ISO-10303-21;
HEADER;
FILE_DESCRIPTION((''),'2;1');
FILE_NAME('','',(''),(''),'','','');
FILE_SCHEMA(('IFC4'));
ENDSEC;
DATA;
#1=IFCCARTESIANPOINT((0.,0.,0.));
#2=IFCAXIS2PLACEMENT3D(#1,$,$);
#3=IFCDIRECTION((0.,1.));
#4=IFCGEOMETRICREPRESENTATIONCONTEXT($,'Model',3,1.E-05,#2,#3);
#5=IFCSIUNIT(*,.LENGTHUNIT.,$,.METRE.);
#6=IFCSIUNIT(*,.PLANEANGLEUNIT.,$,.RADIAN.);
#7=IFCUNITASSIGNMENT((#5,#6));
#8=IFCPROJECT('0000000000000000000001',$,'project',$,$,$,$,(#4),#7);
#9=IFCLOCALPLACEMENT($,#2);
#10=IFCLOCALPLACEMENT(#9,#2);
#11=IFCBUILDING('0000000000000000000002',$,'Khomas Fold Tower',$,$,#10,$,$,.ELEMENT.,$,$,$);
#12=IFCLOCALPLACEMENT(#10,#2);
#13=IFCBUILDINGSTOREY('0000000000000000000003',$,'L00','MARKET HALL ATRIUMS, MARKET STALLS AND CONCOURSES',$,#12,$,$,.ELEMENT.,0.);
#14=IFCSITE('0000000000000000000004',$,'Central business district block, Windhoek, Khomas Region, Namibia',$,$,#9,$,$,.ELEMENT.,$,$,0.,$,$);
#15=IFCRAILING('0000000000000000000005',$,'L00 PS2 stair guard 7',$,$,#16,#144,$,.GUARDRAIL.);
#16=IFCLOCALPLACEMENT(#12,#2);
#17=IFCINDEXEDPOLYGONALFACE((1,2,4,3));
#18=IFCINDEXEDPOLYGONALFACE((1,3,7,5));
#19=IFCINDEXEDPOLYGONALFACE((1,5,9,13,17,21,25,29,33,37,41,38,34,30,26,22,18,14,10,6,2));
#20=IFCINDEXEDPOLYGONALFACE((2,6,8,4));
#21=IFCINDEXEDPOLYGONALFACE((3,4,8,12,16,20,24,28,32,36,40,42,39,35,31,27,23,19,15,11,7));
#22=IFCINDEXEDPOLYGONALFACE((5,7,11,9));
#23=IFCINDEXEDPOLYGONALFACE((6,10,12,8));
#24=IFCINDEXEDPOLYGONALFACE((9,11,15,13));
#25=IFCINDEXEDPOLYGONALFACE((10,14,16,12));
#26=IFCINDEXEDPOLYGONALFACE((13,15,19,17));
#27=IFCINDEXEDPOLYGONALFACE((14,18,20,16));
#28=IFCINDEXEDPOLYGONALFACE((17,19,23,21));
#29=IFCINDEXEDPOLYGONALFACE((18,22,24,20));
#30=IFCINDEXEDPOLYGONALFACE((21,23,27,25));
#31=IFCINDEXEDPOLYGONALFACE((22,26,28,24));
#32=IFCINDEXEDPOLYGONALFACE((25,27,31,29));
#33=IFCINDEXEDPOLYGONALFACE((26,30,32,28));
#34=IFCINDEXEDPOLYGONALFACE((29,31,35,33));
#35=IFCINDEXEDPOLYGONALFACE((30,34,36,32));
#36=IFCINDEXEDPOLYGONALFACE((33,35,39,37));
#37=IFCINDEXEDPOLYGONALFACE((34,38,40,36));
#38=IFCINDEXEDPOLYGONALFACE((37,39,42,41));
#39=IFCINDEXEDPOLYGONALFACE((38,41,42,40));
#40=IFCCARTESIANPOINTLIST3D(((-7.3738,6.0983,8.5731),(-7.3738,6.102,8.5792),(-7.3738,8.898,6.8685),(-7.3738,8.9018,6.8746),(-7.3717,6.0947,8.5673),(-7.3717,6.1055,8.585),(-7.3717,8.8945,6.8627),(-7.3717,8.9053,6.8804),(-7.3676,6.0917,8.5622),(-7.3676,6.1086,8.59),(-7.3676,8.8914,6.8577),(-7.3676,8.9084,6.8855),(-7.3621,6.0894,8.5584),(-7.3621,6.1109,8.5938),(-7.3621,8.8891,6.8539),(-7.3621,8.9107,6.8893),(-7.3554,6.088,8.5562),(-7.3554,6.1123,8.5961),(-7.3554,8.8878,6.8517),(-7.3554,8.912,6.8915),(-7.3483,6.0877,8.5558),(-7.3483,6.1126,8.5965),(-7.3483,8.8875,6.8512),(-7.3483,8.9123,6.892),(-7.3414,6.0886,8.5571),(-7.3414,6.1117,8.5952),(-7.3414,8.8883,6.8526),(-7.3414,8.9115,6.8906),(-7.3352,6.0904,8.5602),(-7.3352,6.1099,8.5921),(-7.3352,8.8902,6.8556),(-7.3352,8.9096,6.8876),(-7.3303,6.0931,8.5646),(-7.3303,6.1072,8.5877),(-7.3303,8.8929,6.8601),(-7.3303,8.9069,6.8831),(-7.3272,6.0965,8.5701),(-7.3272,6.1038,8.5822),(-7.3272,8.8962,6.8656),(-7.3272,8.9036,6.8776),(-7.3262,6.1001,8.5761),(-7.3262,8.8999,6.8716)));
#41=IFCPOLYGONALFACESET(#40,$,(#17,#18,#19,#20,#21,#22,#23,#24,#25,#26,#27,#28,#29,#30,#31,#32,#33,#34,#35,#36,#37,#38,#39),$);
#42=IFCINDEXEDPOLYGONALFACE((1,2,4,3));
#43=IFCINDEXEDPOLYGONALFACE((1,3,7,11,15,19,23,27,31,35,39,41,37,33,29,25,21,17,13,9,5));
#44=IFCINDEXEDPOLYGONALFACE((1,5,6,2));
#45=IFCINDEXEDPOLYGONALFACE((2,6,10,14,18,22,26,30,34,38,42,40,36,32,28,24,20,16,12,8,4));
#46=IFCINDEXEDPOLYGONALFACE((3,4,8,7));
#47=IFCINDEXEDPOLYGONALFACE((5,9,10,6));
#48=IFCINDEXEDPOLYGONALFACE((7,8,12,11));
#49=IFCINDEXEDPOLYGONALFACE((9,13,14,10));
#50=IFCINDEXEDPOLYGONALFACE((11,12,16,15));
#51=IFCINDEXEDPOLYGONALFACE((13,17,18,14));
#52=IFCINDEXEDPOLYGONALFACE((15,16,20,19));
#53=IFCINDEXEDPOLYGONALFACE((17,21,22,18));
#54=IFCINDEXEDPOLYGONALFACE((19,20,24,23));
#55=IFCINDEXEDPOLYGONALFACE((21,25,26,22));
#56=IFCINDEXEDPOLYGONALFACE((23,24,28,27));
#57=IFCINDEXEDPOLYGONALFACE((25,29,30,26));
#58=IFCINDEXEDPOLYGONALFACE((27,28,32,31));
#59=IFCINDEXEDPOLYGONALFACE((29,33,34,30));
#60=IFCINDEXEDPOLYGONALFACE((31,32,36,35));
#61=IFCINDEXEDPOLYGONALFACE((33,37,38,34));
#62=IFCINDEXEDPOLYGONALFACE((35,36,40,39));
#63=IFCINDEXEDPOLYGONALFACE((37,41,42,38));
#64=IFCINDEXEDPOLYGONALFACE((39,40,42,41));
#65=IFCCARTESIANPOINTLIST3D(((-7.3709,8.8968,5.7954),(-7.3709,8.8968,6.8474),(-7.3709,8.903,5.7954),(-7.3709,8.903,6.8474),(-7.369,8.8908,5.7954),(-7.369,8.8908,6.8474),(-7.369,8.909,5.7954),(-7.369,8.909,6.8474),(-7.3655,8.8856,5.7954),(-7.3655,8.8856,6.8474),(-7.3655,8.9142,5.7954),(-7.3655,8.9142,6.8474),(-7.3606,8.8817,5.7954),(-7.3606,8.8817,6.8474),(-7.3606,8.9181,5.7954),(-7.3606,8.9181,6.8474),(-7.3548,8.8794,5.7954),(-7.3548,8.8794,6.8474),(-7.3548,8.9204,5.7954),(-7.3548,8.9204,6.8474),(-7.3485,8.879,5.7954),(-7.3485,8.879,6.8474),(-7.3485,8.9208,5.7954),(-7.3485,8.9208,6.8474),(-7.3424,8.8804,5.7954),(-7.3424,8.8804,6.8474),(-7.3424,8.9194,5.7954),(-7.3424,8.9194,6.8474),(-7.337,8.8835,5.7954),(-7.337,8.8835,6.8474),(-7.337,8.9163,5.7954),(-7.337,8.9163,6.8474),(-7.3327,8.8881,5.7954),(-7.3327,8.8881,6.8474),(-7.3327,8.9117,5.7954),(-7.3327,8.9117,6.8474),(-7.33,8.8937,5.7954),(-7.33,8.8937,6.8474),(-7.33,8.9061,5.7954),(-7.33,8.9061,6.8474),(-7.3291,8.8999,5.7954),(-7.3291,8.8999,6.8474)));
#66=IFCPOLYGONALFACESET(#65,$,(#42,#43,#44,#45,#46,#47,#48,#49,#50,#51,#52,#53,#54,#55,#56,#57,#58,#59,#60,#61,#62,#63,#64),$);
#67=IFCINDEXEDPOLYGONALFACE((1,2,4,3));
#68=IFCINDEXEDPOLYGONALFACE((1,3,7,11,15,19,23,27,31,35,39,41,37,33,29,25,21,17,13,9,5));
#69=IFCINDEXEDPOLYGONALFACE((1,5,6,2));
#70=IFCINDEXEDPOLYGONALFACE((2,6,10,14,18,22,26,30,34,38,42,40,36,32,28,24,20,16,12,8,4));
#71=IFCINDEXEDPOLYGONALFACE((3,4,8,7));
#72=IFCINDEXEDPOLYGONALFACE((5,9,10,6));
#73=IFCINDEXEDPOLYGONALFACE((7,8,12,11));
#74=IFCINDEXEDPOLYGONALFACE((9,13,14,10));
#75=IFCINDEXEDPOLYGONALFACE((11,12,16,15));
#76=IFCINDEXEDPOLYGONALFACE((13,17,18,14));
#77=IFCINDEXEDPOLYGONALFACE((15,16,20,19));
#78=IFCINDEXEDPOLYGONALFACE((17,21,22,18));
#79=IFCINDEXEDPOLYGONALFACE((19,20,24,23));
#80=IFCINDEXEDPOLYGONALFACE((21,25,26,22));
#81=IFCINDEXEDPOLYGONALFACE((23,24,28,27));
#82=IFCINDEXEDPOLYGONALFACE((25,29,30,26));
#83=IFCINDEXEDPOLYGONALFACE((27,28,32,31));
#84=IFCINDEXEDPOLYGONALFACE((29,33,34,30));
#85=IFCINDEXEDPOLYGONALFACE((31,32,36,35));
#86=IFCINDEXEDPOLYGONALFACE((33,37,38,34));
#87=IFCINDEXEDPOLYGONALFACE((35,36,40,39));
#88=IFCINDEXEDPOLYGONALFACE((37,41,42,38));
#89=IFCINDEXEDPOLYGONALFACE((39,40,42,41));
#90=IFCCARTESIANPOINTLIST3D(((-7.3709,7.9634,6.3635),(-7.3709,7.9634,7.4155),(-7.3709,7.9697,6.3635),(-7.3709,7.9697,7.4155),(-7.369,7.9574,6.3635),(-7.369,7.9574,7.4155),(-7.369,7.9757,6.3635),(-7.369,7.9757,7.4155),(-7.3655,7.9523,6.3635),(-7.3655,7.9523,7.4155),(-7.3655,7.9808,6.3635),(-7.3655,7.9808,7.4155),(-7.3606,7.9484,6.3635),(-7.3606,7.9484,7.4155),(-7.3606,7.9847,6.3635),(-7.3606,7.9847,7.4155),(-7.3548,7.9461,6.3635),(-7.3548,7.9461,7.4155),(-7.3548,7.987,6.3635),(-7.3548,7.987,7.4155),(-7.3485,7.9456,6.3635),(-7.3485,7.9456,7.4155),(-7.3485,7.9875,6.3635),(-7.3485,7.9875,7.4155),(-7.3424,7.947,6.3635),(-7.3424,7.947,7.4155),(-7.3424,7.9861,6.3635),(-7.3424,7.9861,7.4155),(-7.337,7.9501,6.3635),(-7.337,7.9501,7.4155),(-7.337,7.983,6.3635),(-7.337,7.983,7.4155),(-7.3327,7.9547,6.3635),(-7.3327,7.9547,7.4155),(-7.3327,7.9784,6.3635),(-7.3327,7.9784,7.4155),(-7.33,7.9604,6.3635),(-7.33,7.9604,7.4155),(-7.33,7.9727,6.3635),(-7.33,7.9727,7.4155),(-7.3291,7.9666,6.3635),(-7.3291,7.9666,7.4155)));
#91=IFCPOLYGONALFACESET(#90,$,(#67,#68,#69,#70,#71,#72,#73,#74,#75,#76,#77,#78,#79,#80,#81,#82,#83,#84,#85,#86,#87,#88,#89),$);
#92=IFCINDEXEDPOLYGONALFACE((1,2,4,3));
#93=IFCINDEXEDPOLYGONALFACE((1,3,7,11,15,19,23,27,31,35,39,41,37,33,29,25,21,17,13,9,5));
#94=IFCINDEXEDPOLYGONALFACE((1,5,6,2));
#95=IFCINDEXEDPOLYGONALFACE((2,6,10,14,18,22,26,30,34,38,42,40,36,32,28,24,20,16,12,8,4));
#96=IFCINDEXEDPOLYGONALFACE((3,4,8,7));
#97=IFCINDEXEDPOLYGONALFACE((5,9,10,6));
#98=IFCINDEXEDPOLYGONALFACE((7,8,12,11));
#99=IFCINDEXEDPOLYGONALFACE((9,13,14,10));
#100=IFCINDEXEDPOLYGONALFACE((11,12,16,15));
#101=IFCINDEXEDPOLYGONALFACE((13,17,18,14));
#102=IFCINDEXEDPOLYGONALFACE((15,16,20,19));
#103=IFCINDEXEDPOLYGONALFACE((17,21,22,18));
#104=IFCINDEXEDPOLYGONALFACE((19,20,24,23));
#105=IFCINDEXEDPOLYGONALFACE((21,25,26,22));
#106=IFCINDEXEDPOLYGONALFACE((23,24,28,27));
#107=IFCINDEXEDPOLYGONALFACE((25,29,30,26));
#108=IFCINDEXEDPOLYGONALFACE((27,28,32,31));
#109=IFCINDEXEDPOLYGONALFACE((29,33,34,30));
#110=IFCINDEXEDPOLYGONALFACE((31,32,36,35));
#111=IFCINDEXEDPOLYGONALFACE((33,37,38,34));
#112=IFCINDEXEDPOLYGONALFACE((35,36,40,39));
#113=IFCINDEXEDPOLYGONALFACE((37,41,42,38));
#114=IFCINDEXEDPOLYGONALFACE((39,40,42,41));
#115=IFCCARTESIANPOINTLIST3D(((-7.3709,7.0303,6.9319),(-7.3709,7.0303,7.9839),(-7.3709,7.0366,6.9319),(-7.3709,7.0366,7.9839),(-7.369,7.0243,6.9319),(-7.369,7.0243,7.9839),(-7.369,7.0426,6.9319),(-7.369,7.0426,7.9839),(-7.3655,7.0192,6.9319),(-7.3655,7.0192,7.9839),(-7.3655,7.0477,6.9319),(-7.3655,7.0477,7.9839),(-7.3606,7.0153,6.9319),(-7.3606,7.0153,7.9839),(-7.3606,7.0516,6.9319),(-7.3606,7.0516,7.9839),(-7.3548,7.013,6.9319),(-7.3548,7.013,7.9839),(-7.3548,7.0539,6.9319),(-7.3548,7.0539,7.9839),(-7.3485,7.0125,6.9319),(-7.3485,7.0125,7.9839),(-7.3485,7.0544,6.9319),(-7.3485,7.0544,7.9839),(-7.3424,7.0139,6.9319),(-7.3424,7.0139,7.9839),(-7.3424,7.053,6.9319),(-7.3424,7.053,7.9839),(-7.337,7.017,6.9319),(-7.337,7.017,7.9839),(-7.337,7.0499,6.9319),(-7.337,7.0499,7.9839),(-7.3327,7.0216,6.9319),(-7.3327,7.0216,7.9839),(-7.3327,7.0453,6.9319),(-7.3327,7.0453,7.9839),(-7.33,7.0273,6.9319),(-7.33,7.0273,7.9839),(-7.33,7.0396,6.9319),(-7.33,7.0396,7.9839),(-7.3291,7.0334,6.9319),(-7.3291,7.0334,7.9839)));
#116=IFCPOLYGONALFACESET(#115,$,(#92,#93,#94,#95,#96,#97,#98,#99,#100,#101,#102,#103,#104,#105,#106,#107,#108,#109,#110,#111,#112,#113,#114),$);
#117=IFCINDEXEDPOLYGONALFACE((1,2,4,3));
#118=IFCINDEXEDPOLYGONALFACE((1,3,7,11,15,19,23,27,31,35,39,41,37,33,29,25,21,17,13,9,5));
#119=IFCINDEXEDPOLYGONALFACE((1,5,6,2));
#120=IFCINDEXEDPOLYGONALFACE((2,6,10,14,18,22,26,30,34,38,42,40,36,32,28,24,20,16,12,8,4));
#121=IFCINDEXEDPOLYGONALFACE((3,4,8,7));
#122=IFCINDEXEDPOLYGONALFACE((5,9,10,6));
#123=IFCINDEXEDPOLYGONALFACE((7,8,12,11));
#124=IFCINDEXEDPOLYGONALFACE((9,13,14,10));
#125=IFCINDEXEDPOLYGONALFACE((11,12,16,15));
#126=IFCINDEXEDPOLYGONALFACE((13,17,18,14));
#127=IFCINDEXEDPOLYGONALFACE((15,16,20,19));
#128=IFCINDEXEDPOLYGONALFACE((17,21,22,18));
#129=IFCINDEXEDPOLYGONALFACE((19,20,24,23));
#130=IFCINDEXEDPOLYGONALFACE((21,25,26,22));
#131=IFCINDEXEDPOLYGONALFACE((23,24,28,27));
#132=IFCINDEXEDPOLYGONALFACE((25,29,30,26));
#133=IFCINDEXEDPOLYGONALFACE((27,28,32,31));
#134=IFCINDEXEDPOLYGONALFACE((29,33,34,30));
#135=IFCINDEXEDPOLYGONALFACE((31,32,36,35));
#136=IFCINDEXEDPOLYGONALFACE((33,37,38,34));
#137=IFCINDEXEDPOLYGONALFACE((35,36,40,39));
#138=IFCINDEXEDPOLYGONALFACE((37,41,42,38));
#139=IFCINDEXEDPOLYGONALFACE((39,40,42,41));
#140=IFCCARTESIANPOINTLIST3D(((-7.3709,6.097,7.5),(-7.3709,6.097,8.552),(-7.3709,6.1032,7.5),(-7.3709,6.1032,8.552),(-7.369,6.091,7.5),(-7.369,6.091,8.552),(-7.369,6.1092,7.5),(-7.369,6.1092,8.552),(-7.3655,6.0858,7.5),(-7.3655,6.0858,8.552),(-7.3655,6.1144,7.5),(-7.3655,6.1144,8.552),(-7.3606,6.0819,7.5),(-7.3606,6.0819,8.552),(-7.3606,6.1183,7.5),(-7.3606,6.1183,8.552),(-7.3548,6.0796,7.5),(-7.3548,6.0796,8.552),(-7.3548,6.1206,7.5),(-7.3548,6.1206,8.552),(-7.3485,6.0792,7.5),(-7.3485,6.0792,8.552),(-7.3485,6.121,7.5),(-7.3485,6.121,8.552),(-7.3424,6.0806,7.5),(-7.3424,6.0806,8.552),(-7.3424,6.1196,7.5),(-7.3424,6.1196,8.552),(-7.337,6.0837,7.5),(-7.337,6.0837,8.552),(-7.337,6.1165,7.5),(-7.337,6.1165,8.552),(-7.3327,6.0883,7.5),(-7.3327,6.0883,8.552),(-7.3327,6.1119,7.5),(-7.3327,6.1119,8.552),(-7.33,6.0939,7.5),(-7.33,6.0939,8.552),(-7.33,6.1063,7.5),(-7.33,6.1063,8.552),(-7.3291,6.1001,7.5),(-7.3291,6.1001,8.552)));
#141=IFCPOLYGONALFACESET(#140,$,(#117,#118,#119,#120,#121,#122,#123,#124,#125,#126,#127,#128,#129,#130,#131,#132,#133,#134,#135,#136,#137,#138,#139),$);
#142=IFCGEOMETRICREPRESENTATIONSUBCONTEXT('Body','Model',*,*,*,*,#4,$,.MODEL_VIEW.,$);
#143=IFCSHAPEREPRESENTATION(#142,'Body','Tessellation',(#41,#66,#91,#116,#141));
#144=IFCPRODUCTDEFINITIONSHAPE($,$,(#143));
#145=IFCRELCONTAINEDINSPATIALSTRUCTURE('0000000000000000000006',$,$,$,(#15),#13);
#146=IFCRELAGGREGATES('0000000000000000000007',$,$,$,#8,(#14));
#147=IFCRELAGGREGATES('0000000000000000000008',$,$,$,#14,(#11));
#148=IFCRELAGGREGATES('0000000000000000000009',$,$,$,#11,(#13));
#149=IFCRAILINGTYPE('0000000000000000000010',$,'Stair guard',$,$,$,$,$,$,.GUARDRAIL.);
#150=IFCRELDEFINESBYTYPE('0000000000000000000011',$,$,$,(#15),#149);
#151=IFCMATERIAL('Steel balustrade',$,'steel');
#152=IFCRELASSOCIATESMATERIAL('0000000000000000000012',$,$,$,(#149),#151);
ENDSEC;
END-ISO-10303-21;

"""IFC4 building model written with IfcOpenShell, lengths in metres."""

from ifc_helpers import new_model, si_unit, direction, frame, origin, origin_2d, place, context, subcontext, project, spatial, circle, extrude, source, transform, mapped, material, type_object, element, save


model = new_model("IFC4")

# Units and contexts
model_context = context("Model", 3, precision=1e-05, world=origin(), true_north=direction((0.0, 1.0)))
body_context = subcontext(model_context, "Body", "Model", "MODEL_VIEW")
ifc_project = project(units=[si_unit("LENGTHUNIT", "METRE"), si_unit("PLANEANGLEUNIT", "RADIAN")], contexts=[model_context])

# Site, building, storey
site_placement = place(None, origin())
site = spatial("IfcSite", under=ifc_project, at=site_placement, Name="Central business district block, Windhoek, Khomas Region, Namibia", CompositionType="ELEMENT", RefElevation=0.0)
building_placement = place(site_placement, origin())
building = spatial("IfcBuilding", under=site, at=building_placement, Name="Khomas Fold Tower", CompositionType="ELEMENT")
storey_placement = place(building_placement, origin())
storey = spatial("IfcBuildingStorey", under=building, at=storey_placement, Name="L00", Description="MARKET HALL ATRIUMS, MARKET STALLS AND CONCOURSES", CompositionType="ELEMENT", Elevation=0.0)

# Railing
ifc_material_1 = material(Name="Steel balustrade", Category="steel")
railing_type_1 = type_object("IfcRailingType", Name="Stair guard", PredefinedType="GUARDRAIL", material=ifc_material_1)
shared_shape_1 = source(origin(), body_context, "Body", "SweptSolid", [
    extrude(circle(Radius=0.0239, at=origin_2d()), frame((0.0, 0.0, 1.0762), z_axis=(0.0, -0.85415, 0.520027), x_axis=(1.0, 0.0, 0.0)), (0.0, 0.0, 1.0), 3.2778),
    extrude(circle(Radius=0.021, at=origin_2d()), origin(), (0.0, 0.0, 1.0), 1.052),
    extrude(circle(Radius=0.021, at=origin_2d()), frame((0.0, -0.9333, 0.5681)), (0.0, 0.0, 1.0), 1.052),
    extrude(circle(Radius=0.021, at=origin_2d()), frame((0.0, -1.8665, 1.1365)), (0.0, 0.0, 1.0), 1.052),
    extrude(circle(Radius=0.021, at=origin_2d()), frame((0.0, -2.7998, 1.7046)), (0.0, 0.0, 1.0), 1.052),
])
for number, where, name in (
    (1, (-7.3501, 8.8999, 5.7954), "L00 PS2 stair guard 7"),
):
    element("IfcRailing", number, at=place(storey_placement, frame(where)), inside=storey, type_object=railing_type_1, Name=name, PredefinedType="GUARDRAIL", context=body_context, shape_type="MappedRepresentation", body=[
        mapped(shared_shape_1, transform((0.0, 0.0, 0.0))),
    ])

save(model, "model.ifc")
